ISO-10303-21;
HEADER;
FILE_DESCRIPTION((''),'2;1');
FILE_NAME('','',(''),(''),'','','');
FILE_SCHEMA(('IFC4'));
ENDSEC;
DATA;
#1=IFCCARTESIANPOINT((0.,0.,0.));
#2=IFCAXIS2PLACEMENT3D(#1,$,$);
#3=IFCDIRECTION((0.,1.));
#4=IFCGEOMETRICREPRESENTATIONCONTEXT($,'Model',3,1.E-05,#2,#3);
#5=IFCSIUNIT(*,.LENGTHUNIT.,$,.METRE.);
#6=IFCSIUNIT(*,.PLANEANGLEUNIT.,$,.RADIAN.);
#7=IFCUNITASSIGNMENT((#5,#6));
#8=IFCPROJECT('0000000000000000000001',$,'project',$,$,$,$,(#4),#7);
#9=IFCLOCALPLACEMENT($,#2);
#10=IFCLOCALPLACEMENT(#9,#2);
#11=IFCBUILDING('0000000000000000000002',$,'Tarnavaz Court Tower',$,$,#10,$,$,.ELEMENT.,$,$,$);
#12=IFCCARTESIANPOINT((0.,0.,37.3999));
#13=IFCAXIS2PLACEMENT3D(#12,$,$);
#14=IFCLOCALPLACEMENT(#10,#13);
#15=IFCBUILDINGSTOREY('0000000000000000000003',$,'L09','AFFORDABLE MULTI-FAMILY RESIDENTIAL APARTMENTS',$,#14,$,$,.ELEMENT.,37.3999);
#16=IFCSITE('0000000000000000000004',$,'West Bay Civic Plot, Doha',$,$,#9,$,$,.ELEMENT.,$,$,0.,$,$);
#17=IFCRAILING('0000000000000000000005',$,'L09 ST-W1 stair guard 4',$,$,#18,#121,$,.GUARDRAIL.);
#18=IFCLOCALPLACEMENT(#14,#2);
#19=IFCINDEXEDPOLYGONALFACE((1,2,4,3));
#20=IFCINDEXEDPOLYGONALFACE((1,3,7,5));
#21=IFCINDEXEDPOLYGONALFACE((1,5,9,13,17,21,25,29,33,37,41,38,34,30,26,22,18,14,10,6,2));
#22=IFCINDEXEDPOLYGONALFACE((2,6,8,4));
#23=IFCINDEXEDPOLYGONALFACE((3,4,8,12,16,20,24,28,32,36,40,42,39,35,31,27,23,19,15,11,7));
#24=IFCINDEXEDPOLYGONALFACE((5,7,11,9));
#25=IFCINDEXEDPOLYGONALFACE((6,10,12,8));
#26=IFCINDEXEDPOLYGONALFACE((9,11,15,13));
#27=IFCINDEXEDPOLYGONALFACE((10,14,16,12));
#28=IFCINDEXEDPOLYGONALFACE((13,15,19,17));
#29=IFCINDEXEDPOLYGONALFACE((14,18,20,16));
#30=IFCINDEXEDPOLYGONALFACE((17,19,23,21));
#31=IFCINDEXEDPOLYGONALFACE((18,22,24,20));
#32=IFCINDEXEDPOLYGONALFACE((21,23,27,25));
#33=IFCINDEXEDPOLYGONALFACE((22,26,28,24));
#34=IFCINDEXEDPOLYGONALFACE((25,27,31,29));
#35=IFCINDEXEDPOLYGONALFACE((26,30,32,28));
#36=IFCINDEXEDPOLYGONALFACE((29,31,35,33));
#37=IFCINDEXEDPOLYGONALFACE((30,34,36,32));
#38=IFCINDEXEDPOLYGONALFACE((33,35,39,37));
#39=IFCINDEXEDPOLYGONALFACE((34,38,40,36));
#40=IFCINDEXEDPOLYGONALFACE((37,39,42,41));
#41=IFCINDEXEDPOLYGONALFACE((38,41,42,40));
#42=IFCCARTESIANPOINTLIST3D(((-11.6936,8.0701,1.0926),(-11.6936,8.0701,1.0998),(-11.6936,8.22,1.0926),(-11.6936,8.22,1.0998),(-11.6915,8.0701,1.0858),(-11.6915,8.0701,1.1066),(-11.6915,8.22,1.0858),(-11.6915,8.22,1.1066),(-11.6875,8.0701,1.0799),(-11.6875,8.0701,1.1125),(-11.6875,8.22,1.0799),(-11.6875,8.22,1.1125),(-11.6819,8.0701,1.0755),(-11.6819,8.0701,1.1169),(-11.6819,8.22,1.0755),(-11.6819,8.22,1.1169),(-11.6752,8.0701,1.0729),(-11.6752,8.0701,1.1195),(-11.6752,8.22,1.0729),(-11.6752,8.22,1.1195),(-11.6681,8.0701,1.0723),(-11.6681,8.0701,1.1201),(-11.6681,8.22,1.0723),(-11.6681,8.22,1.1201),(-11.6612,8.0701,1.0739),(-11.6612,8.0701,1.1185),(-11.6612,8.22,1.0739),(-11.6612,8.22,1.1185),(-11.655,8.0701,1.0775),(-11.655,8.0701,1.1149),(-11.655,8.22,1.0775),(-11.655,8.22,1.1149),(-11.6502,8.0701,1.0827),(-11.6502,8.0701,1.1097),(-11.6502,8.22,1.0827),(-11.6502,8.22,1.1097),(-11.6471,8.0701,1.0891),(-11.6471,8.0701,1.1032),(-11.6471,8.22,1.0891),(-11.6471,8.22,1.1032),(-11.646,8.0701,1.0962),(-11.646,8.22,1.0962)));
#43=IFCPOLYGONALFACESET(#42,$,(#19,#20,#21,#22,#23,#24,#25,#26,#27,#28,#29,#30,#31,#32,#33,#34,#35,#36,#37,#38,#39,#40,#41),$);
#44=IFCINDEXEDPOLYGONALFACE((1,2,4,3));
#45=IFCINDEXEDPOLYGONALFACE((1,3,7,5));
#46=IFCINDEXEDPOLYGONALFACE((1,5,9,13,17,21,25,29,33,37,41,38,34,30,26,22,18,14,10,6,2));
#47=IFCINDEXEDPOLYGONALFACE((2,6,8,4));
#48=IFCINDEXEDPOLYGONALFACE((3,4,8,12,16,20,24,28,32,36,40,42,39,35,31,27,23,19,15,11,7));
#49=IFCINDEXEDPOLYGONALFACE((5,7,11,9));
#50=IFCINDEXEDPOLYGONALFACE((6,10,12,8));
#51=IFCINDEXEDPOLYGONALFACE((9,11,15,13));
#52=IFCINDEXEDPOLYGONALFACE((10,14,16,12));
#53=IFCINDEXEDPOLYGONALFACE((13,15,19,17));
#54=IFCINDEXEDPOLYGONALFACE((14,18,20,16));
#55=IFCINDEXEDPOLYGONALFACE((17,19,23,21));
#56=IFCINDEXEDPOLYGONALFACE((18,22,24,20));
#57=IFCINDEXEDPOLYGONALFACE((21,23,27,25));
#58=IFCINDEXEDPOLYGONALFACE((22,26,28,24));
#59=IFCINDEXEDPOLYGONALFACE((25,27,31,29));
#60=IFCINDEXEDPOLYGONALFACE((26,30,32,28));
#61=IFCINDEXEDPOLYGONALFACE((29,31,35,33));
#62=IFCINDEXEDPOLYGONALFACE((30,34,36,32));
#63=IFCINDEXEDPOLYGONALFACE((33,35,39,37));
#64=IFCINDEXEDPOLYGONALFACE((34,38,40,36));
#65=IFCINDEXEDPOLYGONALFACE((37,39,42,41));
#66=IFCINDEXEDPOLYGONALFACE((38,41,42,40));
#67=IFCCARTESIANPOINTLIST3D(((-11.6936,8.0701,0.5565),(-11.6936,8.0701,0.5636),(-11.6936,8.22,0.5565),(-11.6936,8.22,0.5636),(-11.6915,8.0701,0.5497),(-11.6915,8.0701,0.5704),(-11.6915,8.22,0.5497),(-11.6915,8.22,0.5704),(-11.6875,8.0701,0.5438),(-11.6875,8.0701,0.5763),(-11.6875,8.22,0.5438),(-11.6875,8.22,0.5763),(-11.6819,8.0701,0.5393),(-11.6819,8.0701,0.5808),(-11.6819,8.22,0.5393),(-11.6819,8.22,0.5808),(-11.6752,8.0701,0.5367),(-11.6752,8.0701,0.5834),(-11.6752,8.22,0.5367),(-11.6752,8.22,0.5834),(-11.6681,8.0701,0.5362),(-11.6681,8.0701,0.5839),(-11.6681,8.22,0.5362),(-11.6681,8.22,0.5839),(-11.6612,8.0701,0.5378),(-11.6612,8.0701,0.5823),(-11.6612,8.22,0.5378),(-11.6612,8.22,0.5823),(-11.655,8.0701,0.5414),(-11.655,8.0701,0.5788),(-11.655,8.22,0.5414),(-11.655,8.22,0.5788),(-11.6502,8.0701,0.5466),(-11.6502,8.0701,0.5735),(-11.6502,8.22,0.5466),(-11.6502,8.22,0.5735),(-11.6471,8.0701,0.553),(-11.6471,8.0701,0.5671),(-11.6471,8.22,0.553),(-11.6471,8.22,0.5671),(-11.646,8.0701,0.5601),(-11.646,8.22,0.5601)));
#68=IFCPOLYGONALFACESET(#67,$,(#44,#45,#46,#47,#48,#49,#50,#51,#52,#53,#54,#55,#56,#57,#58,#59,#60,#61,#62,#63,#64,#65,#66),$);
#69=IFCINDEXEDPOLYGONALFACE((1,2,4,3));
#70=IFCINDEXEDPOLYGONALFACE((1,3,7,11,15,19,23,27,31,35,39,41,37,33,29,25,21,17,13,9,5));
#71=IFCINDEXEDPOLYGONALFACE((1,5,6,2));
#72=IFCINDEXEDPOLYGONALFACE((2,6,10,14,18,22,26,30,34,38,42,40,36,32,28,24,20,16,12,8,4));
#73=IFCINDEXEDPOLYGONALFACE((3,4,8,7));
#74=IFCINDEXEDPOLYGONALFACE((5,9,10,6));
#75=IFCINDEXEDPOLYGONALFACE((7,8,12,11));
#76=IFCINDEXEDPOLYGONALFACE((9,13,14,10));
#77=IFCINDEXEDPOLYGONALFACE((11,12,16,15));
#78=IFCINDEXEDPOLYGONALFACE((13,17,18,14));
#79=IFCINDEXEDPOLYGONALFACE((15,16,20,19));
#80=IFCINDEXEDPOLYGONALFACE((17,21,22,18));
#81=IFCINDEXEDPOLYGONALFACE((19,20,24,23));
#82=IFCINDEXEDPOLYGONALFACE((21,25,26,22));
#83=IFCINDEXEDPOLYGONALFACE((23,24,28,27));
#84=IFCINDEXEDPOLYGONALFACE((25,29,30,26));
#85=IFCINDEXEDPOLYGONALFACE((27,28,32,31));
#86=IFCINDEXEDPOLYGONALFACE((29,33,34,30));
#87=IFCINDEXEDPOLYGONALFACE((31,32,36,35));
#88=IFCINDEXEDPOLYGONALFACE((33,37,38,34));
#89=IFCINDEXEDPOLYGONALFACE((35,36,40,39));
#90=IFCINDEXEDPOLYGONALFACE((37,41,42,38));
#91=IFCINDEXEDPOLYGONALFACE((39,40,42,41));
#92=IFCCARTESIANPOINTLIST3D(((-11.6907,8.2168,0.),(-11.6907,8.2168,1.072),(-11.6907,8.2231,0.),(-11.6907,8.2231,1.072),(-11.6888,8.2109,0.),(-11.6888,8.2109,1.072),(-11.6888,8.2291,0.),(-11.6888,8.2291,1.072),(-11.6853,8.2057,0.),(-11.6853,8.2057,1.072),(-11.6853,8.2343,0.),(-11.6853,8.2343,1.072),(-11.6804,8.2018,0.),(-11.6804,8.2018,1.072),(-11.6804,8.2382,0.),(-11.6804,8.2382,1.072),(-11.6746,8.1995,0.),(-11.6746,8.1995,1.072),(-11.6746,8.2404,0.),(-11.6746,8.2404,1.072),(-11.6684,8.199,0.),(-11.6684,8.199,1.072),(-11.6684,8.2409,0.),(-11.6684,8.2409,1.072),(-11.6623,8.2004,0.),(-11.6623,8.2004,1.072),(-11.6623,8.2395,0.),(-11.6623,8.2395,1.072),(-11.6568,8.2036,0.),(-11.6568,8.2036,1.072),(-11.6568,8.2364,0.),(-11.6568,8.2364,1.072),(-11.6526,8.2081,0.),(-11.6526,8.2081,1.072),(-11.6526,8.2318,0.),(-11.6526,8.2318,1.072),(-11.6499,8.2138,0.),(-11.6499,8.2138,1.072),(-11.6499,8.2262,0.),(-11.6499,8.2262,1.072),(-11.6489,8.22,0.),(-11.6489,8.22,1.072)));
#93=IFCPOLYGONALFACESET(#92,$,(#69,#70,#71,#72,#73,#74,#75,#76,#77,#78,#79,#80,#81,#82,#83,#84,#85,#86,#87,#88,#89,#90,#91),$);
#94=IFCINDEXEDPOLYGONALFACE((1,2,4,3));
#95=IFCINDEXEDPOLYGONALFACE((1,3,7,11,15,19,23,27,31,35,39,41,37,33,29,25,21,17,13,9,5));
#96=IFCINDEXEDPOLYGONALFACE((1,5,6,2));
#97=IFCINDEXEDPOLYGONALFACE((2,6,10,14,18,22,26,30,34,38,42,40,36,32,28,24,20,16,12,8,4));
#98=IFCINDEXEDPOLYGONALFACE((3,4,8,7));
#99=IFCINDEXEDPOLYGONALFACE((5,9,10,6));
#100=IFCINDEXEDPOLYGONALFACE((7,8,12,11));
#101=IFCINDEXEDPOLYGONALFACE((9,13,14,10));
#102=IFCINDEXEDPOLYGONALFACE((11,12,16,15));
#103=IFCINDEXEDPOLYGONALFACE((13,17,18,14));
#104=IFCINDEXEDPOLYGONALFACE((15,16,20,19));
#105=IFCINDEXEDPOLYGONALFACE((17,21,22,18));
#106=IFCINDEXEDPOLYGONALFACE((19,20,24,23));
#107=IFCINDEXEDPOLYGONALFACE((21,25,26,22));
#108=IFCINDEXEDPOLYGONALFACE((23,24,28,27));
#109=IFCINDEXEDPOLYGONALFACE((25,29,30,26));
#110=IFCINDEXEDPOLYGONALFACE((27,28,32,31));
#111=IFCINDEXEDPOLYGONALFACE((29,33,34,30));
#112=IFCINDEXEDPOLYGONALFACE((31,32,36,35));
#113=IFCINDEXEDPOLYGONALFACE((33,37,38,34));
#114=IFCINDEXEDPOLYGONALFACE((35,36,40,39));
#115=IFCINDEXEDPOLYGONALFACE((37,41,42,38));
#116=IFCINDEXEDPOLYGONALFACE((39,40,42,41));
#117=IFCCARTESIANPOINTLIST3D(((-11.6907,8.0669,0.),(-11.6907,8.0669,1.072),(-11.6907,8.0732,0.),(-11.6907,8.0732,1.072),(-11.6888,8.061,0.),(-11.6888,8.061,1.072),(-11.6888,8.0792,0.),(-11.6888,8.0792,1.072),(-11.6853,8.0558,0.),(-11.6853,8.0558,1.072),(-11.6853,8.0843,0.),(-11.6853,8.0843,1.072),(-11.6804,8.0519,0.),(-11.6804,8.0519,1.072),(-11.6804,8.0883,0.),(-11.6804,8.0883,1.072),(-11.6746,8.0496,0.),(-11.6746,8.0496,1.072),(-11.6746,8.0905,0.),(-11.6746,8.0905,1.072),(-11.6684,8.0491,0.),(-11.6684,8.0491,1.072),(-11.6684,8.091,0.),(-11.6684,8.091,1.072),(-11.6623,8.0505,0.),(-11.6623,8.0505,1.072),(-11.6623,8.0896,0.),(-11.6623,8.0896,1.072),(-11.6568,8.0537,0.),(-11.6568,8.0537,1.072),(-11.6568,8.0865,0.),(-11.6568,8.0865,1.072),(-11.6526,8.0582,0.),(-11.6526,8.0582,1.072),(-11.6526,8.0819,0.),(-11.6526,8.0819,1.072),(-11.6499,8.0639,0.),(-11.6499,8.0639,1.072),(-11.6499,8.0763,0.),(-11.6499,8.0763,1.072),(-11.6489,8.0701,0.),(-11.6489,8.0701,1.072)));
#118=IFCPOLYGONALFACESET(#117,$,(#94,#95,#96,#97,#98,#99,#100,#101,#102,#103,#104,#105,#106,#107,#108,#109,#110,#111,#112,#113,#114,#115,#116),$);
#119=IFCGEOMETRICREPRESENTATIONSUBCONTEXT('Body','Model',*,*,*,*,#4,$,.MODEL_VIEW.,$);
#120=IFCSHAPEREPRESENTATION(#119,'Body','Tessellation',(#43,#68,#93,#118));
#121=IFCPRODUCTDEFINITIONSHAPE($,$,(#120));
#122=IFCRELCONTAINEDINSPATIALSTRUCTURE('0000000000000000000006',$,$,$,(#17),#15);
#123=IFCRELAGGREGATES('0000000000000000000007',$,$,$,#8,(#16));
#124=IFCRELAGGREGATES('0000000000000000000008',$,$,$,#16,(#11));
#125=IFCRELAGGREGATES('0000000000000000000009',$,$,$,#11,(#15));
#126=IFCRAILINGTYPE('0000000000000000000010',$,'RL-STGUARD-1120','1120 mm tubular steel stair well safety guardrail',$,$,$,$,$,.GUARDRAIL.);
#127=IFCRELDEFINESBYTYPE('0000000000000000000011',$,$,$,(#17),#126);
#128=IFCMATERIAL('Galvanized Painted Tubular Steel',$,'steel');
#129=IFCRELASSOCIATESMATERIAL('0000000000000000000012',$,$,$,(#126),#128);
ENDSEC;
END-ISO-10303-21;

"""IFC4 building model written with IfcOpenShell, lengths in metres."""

from ifc_helpers import new_model, si_unit, direction, frame, origin, origin_2d, place, context, subcontext, project, spatial, circle, extrude, material, type_object, element, save


model = new_model("IFC4")

# Units and contexts
model_context = context("Model", 3, precision=1e-05, world=origin(), true_north=direction((0.0, 1.0)))
body_context = subcontext(model_context, "Body", "Model", "MODEL_VIEW")
ifc_project = project(units=[si_unit("LENGTHUNIT", "METRE"), si_unit("PLANEANGLEUNIT", "RADIAN")], contexts=[model_context])

# Site, building, storey
site_placement = place(None, origin())
site = spatial("IfcSite", under=ifc_project, at=site_placement, Name="West Bay Civic Plot, Doha", CompositionType="ELEMENT", RefElevation=0.0)
building_placement = place(site_placement, origin())
building = spatial("IfcBuilding", under=site, at=building_placement, Name="Tarnavaz Court Tower", CompositionType="ELEMENT")
storey_placement = place(building_placement, frame((0.0, 0.0, 37.3999)))
storey = spatial("IfcBuildingStorey", under=building, at=storey_placement, Name="L09", Description="AFFORDABLE MULTI-FAMILY RESIDENTIAL APARTMENTS", CompositionType="ELEMENT", Elevation=37.3999)

# Railing
ifc_material_1 = material(Name="Galvanized Painted Tubular Steel", Category="steel")
railing_type_1 = type_object("IfcRailingType", Name="RL-STGUARD-1120", Description="1120 mm tubular steel stair well safety guardrail", PredefinedType="GUARDRAIL", material=ifc_material_1)
railing_1_placement = place(storey_placement, frame((-11.6699, 8.22, 0.0)))
element("IfcRailing", 1, at=railing_1_placement, inside=storey, type_object=railing_type_1, Name="L09 ST-W1 stair guard 4", PredefinedType="GUARDRAIL", context=body_context, shape_type="SweptSolid", body=[
    extrude(circle(Radius=0.0239, at=origin_2d()), frame((0.0, 0.0, 1.0962), z_axis=(0.0, -1.0, 0.0), x_axis=(1.0, 0.0, 0.0)), (0.0, 0.0, 1.0), 0.1499),
    extrude(circle(Radius=0.0239, at=origin_2d()), frame((0.0, 0.0, 0.5601), z_axis=(0.0, -1.0, 0.0), x_axis=(1.0, 0.0, 0.0)), (0.0, 0.0, 1.0), 0.1499),
    extrude(circle(Radius=0.021, at=origin_2d()), origin(), (0.0, 0.0, 1.0), 1.072),
    extrude(circle(Radius=0.021, at=origin_2d()), frame((0.0, -0.1499, 0.0)), (0.0, 0.0, 1.0), 1.072),
])

save(model, "model.ifc")
